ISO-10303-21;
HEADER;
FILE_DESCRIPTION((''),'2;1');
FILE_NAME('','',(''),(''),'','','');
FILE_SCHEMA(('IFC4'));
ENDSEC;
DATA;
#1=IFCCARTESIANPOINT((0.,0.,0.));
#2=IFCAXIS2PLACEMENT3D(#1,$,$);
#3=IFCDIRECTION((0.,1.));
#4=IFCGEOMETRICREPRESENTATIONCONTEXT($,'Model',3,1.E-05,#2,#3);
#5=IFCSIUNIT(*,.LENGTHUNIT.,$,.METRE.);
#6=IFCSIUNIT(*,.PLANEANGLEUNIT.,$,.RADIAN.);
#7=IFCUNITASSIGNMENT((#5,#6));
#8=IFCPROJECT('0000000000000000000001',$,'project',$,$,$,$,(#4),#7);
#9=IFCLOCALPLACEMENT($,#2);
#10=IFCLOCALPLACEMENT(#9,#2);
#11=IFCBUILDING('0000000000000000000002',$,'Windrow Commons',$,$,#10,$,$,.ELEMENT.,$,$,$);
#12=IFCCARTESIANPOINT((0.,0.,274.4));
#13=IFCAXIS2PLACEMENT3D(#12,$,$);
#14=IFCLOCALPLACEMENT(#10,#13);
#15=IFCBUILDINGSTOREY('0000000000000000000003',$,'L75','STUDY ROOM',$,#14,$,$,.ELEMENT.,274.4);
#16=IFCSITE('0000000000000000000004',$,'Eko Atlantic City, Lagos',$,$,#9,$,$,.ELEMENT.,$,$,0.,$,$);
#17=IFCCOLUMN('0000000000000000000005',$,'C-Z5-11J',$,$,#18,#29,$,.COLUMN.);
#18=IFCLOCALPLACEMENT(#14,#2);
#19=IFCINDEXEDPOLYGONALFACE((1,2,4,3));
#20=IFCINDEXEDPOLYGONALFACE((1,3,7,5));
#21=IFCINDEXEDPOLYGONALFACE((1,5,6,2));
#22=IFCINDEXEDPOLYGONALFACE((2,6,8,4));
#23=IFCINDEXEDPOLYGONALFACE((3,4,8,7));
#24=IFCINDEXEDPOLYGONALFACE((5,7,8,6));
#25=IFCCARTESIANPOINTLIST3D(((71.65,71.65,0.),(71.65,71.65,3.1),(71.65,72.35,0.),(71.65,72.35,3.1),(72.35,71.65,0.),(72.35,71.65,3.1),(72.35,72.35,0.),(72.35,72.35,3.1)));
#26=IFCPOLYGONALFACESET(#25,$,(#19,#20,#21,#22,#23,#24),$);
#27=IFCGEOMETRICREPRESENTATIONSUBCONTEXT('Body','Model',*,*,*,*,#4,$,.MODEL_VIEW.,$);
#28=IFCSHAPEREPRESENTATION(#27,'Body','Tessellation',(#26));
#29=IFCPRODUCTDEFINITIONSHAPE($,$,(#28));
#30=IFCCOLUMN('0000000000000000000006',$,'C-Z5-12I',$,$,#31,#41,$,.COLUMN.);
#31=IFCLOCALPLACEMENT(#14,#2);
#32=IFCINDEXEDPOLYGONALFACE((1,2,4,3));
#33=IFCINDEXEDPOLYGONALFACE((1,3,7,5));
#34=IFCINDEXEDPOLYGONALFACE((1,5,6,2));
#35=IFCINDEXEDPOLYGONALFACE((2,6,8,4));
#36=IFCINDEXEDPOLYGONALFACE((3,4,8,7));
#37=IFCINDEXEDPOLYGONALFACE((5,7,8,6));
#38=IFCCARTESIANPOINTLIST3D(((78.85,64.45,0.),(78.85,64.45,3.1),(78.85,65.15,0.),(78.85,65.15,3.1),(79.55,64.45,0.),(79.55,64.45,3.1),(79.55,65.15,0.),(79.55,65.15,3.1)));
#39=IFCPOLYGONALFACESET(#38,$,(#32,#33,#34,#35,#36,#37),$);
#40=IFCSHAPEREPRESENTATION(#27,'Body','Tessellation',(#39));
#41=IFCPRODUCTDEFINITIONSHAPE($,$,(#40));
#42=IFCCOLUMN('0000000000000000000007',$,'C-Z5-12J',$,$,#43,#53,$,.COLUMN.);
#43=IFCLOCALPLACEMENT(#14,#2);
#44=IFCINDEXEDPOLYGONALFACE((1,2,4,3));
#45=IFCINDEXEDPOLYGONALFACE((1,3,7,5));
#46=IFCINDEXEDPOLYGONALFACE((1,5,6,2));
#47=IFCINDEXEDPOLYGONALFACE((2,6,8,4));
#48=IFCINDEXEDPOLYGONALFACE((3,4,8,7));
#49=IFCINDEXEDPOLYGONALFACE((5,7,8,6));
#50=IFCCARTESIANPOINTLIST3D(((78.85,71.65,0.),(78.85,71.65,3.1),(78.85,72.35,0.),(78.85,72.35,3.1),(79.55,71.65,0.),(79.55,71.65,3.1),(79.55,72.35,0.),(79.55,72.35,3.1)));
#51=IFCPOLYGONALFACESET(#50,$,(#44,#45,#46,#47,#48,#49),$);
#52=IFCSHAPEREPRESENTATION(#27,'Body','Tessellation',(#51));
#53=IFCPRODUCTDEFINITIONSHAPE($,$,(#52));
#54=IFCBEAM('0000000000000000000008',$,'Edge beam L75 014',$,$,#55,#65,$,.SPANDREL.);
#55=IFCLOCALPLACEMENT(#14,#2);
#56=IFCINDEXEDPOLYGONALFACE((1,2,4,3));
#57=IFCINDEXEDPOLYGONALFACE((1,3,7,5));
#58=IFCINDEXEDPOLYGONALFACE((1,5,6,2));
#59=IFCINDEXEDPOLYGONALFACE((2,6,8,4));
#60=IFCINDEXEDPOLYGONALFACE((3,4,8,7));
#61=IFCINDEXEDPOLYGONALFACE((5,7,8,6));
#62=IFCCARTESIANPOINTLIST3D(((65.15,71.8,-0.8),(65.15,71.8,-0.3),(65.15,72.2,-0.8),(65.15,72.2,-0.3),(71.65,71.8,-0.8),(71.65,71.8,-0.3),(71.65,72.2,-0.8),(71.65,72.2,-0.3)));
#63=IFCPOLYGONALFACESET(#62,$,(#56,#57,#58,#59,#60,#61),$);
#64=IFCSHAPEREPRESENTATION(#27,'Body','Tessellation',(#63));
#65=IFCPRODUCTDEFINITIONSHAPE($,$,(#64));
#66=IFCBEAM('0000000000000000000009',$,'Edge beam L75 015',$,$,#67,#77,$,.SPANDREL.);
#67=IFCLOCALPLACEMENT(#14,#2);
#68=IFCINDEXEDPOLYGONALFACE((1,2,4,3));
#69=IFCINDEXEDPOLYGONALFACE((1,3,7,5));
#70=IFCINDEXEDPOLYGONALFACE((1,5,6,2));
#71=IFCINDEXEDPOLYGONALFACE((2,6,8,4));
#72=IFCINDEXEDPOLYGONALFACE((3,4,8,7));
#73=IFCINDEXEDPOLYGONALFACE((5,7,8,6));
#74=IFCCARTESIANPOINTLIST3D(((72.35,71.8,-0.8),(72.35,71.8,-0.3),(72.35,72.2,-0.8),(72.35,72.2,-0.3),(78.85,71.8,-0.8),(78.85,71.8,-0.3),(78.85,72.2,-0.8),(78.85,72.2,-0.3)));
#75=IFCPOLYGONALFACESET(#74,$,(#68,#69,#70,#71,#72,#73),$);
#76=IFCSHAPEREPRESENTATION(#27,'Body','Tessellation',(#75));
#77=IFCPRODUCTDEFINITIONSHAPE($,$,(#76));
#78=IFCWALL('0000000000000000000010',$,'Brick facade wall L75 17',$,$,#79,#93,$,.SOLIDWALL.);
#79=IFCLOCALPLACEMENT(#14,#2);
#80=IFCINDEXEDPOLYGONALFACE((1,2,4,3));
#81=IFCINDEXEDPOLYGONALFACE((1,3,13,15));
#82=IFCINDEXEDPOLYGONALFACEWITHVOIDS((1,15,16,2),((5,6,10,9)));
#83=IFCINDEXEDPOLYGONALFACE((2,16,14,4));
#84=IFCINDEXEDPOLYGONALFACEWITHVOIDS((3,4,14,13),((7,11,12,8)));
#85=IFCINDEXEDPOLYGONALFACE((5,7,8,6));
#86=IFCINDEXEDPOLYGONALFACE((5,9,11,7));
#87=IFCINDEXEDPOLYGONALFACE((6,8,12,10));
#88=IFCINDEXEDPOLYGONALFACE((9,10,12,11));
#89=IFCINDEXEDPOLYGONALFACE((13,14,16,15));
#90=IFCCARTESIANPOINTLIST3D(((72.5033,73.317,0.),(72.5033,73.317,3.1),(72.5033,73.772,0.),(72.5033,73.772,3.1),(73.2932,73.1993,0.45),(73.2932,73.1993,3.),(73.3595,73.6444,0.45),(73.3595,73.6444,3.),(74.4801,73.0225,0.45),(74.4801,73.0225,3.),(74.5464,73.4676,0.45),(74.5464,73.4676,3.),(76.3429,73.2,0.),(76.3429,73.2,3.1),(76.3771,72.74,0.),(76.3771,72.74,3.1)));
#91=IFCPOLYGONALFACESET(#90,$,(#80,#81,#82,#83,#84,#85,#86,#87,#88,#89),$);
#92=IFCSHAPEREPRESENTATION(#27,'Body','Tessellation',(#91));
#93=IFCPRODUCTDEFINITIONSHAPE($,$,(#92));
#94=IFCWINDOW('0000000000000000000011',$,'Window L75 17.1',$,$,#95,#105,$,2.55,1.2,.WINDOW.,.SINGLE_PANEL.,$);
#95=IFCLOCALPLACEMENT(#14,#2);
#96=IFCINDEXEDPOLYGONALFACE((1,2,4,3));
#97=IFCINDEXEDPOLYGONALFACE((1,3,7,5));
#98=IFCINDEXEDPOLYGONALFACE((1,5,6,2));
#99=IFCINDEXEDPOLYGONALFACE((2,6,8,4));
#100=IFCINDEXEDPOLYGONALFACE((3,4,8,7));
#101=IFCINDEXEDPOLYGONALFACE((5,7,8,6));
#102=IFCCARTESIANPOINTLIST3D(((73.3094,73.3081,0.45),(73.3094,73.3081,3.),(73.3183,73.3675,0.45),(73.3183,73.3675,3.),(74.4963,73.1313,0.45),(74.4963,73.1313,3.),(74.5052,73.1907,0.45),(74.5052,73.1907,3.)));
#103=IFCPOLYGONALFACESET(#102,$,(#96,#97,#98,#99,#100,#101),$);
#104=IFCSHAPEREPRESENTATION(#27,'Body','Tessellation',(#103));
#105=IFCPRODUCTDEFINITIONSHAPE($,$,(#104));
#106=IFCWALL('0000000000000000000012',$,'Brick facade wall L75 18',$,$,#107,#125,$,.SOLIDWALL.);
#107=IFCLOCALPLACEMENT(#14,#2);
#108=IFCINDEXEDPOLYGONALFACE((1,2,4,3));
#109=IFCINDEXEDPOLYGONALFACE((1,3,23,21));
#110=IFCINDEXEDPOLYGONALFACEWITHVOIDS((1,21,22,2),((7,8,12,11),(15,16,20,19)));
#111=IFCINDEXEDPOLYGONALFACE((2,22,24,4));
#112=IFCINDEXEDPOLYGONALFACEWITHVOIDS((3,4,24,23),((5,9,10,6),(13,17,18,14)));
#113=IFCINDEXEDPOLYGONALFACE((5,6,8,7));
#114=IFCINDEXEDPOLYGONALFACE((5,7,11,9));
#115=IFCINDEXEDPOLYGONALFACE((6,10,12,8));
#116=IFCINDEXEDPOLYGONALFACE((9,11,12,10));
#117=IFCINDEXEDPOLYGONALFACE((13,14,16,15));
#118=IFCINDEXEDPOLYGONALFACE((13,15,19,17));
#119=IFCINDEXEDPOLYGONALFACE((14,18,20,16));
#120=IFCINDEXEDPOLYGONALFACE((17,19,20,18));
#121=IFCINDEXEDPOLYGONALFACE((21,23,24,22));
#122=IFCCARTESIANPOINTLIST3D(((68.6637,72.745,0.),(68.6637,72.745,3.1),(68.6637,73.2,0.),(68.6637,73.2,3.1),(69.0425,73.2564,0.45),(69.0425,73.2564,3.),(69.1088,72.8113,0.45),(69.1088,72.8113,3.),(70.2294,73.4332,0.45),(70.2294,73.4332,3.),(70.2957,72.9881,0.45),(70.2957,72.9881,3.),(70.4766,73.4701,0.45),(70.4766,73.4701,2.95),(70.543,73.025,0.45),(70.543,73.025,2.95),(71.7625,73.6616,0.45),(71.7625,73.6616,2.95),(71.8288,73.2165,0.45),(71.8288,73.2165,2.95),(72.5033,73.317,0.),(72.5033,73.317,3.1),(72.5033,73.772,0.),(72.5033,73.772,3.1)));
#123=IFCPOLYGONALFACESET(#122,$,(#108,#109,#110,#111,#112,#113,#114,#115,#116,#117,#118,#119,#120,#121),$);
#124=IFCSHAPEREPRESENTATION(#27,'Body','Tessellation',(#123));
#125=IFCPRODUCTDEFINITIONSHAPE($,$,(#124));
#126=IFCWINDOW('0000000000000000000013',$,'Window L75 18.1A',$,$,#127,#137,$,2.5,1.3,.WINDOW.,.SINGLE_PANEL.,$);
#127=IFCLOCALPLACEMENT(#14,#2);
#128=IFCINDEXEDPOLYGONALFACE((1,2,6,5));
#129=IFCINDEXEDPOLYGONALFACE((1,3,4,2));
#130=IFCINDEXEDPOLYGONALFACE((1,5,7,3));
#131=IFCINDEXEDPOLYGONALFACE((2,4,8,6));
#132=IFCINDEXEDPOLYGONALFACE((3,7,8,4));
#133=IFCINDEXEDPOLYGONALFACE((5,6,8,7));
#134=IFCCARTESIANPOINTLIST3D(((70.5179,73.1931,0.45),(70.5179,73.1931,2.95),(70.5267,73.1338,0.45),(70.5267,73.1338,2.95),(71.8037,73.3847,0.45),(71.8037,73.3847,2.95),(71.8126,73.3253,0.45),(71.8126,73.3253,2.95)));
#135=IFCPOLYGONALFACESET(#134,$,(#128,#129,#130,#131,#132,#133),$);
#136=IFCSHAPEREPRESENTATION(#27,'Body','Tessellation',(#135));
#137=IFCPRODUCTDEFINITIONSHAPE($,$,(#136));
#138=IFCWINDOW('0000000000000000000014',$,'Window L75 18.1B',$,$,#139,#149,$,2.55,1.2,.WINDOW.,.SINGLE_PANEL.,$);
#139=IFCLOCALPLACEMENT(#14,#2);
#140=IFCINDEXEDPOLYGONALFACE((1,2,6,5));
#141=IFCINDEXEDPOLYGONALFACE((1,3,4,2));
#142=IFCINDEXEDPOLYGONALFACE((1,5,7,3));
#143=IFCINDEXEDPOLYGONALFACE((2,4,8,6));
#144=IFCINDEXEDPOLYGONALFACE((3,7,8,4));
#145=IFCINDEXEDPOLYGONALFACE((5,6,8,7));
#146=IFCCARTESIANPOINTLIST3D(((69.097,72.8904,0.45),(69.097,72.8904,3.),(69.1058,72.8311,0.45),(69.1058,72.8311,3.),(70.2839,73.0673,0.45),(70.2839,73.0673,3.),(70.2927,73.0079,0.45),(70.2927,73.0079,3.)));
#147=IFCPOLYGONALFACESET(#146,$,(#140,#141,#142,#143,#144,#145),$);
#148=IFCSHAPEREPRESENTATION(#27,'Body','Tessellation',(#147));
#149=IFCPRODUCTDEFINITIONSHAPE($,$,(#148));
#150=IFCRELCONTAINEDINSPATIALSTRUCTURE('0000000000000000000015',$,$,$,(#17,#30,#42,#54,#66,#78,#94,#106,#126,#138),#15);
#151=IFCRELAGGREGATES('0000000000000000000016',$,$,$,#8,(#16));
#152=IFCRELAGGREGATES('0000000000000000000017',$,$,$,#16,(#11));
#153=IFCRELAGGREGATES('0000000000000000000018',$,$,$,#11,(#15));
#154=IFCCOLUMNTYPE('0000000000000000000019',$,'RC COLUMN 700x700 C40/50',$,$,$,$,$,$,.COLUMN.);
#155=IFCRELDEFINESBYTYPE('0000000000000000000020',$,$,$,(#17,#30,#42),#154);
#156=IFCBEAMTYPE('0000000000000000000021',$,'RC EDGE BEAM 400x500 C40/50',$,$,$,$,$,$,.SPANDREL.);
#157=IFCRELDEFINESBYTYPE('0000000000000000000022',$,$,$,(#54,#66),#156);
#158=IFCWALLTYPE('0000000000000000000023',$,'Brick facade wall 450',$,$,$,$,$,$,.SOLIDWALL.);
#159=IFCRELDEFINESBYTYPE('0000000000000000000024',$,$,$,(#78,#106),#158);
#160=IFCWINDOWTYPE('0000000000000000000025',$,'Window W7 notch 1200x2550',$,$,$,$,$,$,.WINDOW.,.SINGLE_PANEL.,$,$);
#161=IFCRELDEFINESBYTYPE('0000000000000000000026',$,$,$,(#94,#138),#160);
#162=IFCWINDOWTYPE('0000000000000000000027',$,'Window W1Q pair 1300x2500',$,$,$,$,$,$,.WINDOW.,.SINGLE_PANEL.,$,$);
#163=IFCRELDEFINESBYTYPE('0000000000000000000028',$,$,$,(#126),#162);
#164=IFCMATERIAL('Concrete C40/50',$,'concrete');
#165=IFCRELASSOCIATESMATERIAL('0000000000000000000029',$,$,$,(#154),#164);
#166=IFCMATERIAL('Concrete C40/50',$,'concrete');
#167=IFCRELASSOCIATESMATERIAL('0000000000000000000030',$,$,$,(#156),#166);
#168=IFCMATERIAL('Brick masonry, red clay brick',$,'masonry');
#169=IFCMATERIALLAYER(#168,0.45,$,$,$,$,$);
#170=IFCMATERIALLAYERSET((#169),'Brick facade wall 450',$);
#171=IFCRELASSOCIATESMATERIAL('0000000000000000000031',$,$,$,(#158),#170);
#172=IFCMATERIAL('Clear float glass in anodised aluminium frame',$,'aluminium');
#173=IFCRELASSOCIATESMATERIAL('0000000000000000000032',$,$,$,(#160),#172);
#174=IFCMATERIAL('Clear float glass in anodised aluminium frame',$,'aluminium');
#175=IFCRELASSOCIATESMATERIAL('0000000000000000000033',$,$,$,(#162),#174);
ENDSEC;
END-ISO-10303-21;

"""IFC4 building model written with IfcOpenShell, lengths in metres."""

from ifc_helpers import new_model, si_unit, direction, frame, frame_2d, origin, origin_2d, place, context, subcontext, project, spatial, polyline, rectangle, outline, extrude, material, layer, layer_set, material_profile, profile_set, type_object, element, fill, save


model = new_model("IFC4")

# Units and contexts
model_context = context("Model", 3, precision=1e-05, world=origin(), true_north=direction((0.0, 1.0)))
body_context = subcontext(model_context, "Body", "Model", "MODEL_VIEW")
ifc_project = project(units=[si_unit("LENGTHUNIT", "METRE"), si_unit("PLANEANGLEUNIT", "RADIAN")], contexts=[model_context])

# Site, building, storey
site_placement = place(None, origin())
site = spatial("IfcSite", under=ifc_project, at=site_placement, Name="Eko Atlantic City, Lagos", CompositionType="ELEMENT", RefElevation=0.0)
building_placement = place(site_placement, origin())
building = spatial("IfcBuilding", under=site, at=building_placement, Name="Windrow Commons", CompositionType="ELEMENT")
storey_placement = place(building_placement, frame((0.0, 0.0, 274.4)))
storey = spatial("IfcBuildingStorey", under=building, at=storey_placement, Name="L75", Description="STUDY ROOM", CompositionType="ELEMENT", Elevation=274.4)

# Columns
ifc_material_1 = material(Name="Concrete C40/50", Category="concrete")
ifc_material_profile_1 = material_profile(ifc_material_1, rectangle(XDim=0.7, YDim=0.7, at=origin_2d()))
ifc_profile_set_1 = profile_set([ifc_material_profile_1], Name="Concrete C40/50")
column_type = type_object("IfcColumnType", Name="RC COLUMN 700x700 C40/50", PredefinedType="COLUMN", material=ifc_profile_set_1)
for number, where, z_axis, x_axis, name in (
    (1, (72.0, 72.0, 0.0), (0.0, 0.0, 1.0), (1.0, 0.0, 0.0), "C-Z5-11J"),
    (2, (79.2, 64.8, 0.0), (0.0, 0.0, 1.0), (1.0, 0.0, 0.0), "C-Z5-12I"),
    (3, (79.2, 72.0, 0.0), (0.0, 0.0, 1.0), (1.0, 0.0, 0.0), "C-Z5-12J"),
):
    element("IfcColumn", number, at=place(storey_placement, frame(where, z_axis=z_axis, x_axis=x_axis)), inside=storey, type_object=column_type, Name=name, PredefinedType="COLUMN", context=body_context, shape_type="SweptSolid", body=[
        extrude(rectangle(XDim=0.7, YDim=0.7, at=origin_2d()), origin(), (0.0, 0.0, 1.0), 3.1),
    ])

# Beams
ifc_material_2 = material(Name="Concrete C40/50", Category="concrete")
ifc_material_profile_2 = material_profile(ifc_material_2, rectangle(XDim=0.4, YDim=0.5, at=origin_2d()))
ifc_profile_set_2 = profile_set([ifc_material_profile_2], Name="Concrete C40/50")
beam_type = type_object("IfcBeamType", Name="RC EDGE BEAM 400x500 C40/50", PredefinedType="SPANDREL", material=ifc_profile_set_2)
for number, where, z_axis, x_axis, name in (
    (4, (65.15, 72.0, -0.55), (1.0, 0.0, 0.0), (0.0, 1.0, 0.0), "Edge beam L75 014"),
    (5, (72.35, 72.0, -0.55), (1.0, 0.0, 0.0), (0.0, 1.0, 0.0), "Edge beam L75 015"),
):
    element("IfcBeam", number, at=place(storey_placement, frame(where, z_axis=z_axis, x_axis=x_axis)), inside=storey, type_object=beam_type, Name=name, PredefinedType="SPANDREL", context=body_context, shape_type="SweptSolid", body=[
        extrude(rectangle(XDim=0.4, YDim=0.5, at=origin_2d()), origin(), (0.0, 0.0, 1.0), 6.5),
    ])

# Wall, opening, window
ifc_material_3 = material(Name="Brick masonry, red clay brick", Category="masonry")
ifc_layer_1 = layer(ifc_material_3, 0.45)
ifc_layer_set_1 = layer_set([ifc_layer_1], Name="Brick facade wall 450")
wall_type_1 = type_object("IfcWallType", Name="Brick facade wall 450", PredefinedType="SOLIDWALL", material=ifc_layer_set_1)
wall_1_placement = place(storey_placement, frame((76.36, 72.97, 0.0), z_axis=(0.0, 0.0, 1.0), x_axis=(-0.989087, 0.147336, 0.0)))
wall_1 = element("IfcWall", 6, at=wall_1_placement, inside=storey, type_object=wall_type_1, Name="Brick facade wall L75 17", PredefinedType="SOLIDWALL", context=body_context, shape_type="SweptSolid", body=[
    extrude(outline(polyline([(0.0508, -0.225), (3.9328, -0.225), (3.8657, 0.225), (-0.0508, 0.225), (0.0508, -0.225)])), origin(), (0.0, 0.0, 1.0), 3.1),
])
opening_1_placement = place(wall_1_placement, frame((1.8671, 0.0, 0.45)))
opening_1 = element("IfcOpeningElement", 7, at=opening_1_placement, cuts=wall_1, PredefinedType="OPENING", context=body_context, shape_type="SweptSolid", body=[
    extrude(rectangle(XDim=1.2, YDim=2.55, at=frame_2d((0.6, 1.275))), frame((0.0, 0.235, 0.0), z_axis=(0.0, -1.0, 0.0), x_axis=(1.0, 0.0, 0.0)), (0.0, 0.0, 1.0), 0.47),
])
ifc_material_4 = material(Name="Clear float glass in anodised aluminium frame", Category="aluminium")
window_type_1 = type_object("IfcWindowType", Name="Window W7 notch 1200x2550", PartitioningType="SINGLE_PANEL", PredefinedType="WINDOW", material=ifc_material_4)
window_1_placement = place(opening_1_placement, origin())
window_1 = element("IfcWindow", 8, at=window_1_placement, inside=storey, type_object=window_type_1, Name="Window L75 17.1", OverallHeight=2.55, OverallWidth=1.2, PartitioningType="SINGLE_PANEL", PredefinedType="WINDOW", context=body_context, shape_type="SweptSolid", body=[
    extrude(rectangle(XDim=1.2, YDim=2.55, at=frame_2d((0.6, 1.275))), frame((0.0, 0.115, 0.0), z_axis=(0.0, -1.0, 0.0), x_axis=(1.0, 0.0, 0.0)), (0.0, 0.0, 1.0), 0.06),
])
fill(opening_1, window_1)

# Wall, openings, windows
wall_2_placement = place(storey_placement, frame((72.5033, 73.5445, 0.0), z_axis=(0.0, 0.0, 1.0), x_axis=(-0.989085, -0.147348, 0.0)))
wall_2 = element("IfcWall", 9, at=wall_2_placement, inside=storey, type_object=wall_type_1, Name="Brick facade wall L75 18", PredefinedType="SOLIDWALL", context=body_context, shape_type="SweptSolid", body=[
    extrude(outline(polyline([(-0.0335, -0.225), (3.8485, -0.225), (3.9155, 0.225), (0.0335, 0.225), (-0.0335, -0.225)])), origin(), (0.0, 0.0, 1.0), 3.1),
])
opening_2_placement = place(wall_2_placement, frame((0.7155, 0.0, 0.45)))
opening_2 = element("IfcOpeningElement", 10, at=opening_2_placement, cuts=wall_2, PredefinedType="OPENING", context=body_context, shape_type="SweptSolid", body=[
    extrude(rectangle(XDim=1.3, YDim=2.5, at=frame_2d((0.65, 1.25))), frame((0.0, 0.235, 0.0), z_axis=(0.0, -1.0, 0.0), x_axis=(1.0, 0.0, 0.0)), (0.0, 0.0, 1.0), 0.47),
])
opening_3_placement = place(wall_2_placement, frame((2.2655, 0.0, 0.45)))
opening_3 = element("IfcOpeningElement", 11, at=opening_3_placement, cuts=wall_2, PredefinedType="OPENING", context=body_context, shape_type="SweptSolid", body=[
    extrude(rectangle(XDim=1.2, YDim=2.55, at=frame_2d((0.6, 1.275))), frame((0.0, 0.235, 0.0), z_axis=(0.0, -1.0, 0.0), x_axis=(1.0, 0.0, 0.0)), (0.0, 0.0, 1.0), 0.47),
])
ifc_material_5 = material(Name="Clear float glass in anodised aluminium frame", Category="aluminium")
window_type_2 = type_object("IfcWindowType", Name="Window W1Q pair 1300x2500", PartitioningType="SINGLE_PANEL", PredefinedType="WINDOW", material=ifc_material_5)
window_2_placement = place(opening_2_placement, origin())
window_2 = element("IfcWindow", 12, at=window_2_placement, inside=storey, type_object=window_type_2, Name="Window L75 18.1A", OverallHeight=2.5, OverallWidth=1.3, PartitioningType="SINGLE_PANEL", PredefinedType="WINDOW", context=body_context, shape_type="SweptSolid", body=[
    extrude(rectangle(XDim=1.3, YDim=2.5, at=frame_2d((0.65, 1.25))), frame((0.0, 0.115, 0.0), z_axis=(0.0, -1.0, 0.0), x_axis=(1.0, 0.0, 0.0)), (0.0, 0.0, 1.0), 0.06),
])
fill(opening_2, window_2)
window_3_placement = place(opening_3_placement, origin())
window_3 = element("IfcWindow", 13, at=window_3_placement, inside=storey, type_object=window_type_1, Name="Window L75 18.1B", OverallHeight=2.55, OverallWidth=1.2, PartitioningType="SINGLE_PANEL", PredefinedType="WINDOW", context=body_context, shape_type="SweptSolid", body=[
    extrude(rectangle(XDim=1.2, YDim=2.55, at=frame_2d((0.6, 1.275))), frame((0.0, 0.205, 0.0), z_axis=(0.0, -1.0, 0.0), x_axis=(1.0, 0.0, 0.0)), (0.0, 0.0, 1.0), 0.06),
])
fill(opening_3, window_3)

save(model, "model.ifc")
